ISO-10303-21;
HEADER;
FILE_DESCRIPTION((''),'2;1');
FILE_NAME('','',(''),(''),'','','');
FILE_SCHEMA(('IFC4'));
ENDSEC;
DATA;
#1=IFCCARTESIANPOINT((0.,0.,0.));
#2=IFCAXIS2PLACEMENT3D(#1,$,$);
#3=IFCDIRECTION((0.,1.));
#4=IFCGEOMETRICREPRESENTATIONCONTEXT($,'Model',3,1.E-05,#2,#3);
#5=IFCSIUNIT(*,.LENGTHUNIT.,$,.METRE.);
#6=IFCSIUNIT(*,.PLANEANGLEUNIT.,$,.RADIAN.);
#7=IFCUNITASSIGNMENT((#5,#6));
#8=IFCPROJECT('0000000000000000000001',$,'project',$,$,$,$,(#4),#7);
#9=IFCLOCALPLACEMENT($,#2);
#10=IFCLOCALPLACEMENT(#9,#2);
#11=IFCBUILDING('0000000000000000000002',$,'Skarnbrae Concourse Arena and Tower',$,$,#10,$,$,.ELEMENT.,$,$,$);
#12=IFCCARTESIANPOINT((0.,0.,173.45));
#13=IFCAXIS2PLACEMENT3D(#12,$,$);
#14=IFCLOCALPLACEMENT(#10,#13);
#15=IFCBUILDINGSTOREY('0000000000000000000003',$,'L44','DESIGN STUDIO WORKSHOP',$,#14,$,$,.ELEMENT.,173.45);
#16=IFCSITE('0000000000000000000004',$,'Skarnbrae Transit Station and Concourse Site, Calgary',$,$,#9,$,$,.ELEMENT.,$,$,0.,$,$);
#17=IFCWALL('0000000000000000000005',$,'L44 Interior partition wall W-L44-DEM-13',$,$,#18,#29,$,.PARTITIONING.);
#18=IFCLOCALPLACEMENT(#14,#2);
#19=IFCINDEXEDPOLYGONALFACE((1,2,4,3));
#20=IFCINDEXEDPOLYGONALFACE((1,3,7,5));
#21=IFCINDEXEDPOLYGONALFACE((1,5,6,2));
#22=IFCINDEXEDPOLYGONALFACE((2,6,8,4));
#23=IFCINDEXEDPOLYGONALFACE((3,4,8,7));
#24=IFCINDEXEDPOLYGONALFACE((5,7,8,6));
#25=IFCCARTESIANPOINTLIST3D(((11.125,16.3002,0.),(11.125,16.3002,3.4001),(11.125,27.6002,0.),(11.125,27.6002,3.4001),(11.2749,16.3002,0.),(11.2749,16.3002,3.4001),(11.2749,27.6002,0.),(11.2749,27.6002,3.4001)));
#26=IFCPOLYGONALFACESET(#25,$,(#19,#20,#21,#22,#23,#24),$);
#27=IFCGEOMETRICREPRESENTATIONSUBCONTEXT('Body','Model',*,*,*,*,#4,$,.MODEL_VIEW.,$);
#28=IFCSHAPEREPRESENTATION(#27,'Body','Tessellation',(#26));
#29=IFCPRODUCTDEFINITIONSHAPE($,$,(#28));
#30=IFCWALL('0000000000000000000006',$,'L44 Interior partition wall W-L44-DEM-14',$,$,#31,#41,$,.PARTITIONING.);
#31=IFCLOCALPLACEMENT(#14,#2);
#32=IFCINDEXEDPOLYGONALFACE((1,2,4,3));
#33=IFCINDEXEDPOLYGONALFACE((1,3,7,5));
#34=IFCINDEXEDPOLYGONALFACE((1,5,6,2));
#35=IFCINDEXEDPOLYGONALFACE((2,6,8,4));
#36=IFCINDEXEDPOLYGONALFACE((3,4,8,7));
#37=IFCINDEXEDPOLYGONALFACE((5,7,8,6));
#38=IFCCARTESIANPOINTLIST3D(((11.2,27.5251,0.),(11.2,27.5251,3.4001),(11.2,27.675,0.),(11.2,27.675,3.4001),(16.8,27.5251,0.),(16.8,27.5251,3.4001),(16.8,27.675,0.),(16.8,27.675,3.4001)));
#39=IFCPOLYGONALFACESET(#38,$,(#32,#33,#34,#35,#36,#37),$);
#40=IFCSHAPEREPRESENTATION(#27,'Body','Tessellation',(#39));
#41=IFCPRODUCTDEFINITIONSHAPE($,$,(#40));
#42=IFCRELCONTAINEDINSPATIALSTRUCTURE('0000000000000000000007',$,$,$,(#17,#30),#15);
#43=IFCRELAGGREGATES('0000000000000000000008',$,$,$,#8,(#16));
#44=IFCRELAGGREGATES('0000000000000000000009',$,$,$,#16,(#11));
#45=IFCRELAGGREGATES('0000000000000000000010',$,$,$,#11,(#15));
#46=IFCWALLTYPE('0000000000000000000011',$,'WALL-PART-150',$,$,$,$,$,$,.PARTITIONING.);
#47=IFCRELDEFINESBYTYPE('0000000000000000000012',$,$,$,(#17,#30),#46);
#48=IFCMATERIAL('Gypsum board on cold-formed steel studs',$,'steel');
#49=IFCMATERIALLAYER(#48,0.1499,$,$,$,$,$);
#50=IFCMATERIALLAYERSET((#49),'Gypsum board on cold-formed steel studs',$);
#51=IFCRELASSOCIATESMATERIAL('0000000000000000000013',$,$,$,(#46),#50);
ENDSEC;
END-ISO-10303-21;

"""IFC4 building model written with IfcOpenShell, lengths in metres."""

from ifc_helpers import new_model, si_unit, direction, frame, frame_2d, origin, place, context, subcontext, project, spatial, rectangle, extrude, source, transform, mapped, material, layer, layer_set, type_object, element, save


model = new_model("IFC4")

# Units and contexts
model_context = context("Model", 3, precision=1e-05, world=origin(), true_north=direction((0.0, 1.0)))
body_context = subcontext(model_context, "Body", "Model", "MODEL_VIEW")
ifc_project = project(units=[si_unit("LENGTHUNIT", "METRE"), si_unit("PLANEANGLEUNIT", "RADIAN")], contexts=[model_context])

# Site, building, storey
site_placement = place(None, origin())
site = spatial("IfcSite", under=ifc_project, at=site_placement, Name="Skarnbrae Transit Station and Concourse Site, Calgary", CompositionType="ELEMENT", RefElevation=0.0)
building_placement = place(site_placement, origin())
building = spatial("IfcBuilding", under=site, at=building_placement, Name="Skarnbrae Concourse Arena and Tower", CompositionType="ELEMENT")
storey_placement = place(building_placement, frame((0.0, 0.0, 173.45)))
storey = spatial("IfcBuildingStorey", under=building, at=storey_placement, Name="L44", Description="DESIGN STUDIO WORKSHOP", CompositionType="ELEMENT", Elevation=173.45)

# Walls
ifc_material_1 = material(Name="Gypsum board on cold-formed steel studs", Category="steel")
ifc_layer_1 = layer(ifc_material_1, 0.1499)
ifc_layer_set_1 = layer_set([ifc_layer_1], Name="Gypsum board on cold-formed steel studs")
wall_type = type_object("IfcWallType", Name="WALL-PART-150", PredefinedType="PARTITIONING", material=ifc_layer_set_1)
shared_shape_1 = source(origin(), body_context, "Body", "SweptSolid", [
    extrude(rectangle(XDim=11.3, YDim=0.1499, at=frame_2d((5.6499, 0.0))), origin(), (0.0, 0.0, 1.0), 3.4001),
])
wall_1_placement = place(storey_placement, frame((11.2, 27.6001, 0.0), z_axis=(0.0, 0.0, 1.0), x_axis=(0.0, -1.0, 0.0)))
element("IfcWall", 1, at=wall_1_placement, inside=storey, type_object=wall_type, Name="L44 Interior partition wall W-L44-DEM-13", PredefinedType="PARTITIONING", context=body_context, shape_type="MappedRepresentation", body=[
    mapped(shared_shape_1, transform((0.0, 0.0, 0.0))),
])
shared_shape_2 = source(origin(), body_context, "Body", "SweptSolid", [
    extrude(rectangle(XDim=5.6001, YDim=0.1499, at=frame_2d((2.8, 0.0))), origin(), (0.0, 0.0, 1.0), 3.4001),
])
wall_2_placement = place(storey_placement, frame((11.2, 27.6001, 0.0), z_axis=(0.0, 0.0, 1.0), x_axis=(1.0, 0.0, 0.0)))
element("IfcWall", 2, at=wall_2_placement, inside=storey, type_object=wall_type, Name="L44 Interior partition wall W-L44-DEM-14", PredefinedType="PARTITIONING", context=body_context, shape_type="MappedRepresentation", body=[
    mapped(shared_shape_2, transform((0.0, 0.0, 0.0))),
])

save(model, "model.ifc")
